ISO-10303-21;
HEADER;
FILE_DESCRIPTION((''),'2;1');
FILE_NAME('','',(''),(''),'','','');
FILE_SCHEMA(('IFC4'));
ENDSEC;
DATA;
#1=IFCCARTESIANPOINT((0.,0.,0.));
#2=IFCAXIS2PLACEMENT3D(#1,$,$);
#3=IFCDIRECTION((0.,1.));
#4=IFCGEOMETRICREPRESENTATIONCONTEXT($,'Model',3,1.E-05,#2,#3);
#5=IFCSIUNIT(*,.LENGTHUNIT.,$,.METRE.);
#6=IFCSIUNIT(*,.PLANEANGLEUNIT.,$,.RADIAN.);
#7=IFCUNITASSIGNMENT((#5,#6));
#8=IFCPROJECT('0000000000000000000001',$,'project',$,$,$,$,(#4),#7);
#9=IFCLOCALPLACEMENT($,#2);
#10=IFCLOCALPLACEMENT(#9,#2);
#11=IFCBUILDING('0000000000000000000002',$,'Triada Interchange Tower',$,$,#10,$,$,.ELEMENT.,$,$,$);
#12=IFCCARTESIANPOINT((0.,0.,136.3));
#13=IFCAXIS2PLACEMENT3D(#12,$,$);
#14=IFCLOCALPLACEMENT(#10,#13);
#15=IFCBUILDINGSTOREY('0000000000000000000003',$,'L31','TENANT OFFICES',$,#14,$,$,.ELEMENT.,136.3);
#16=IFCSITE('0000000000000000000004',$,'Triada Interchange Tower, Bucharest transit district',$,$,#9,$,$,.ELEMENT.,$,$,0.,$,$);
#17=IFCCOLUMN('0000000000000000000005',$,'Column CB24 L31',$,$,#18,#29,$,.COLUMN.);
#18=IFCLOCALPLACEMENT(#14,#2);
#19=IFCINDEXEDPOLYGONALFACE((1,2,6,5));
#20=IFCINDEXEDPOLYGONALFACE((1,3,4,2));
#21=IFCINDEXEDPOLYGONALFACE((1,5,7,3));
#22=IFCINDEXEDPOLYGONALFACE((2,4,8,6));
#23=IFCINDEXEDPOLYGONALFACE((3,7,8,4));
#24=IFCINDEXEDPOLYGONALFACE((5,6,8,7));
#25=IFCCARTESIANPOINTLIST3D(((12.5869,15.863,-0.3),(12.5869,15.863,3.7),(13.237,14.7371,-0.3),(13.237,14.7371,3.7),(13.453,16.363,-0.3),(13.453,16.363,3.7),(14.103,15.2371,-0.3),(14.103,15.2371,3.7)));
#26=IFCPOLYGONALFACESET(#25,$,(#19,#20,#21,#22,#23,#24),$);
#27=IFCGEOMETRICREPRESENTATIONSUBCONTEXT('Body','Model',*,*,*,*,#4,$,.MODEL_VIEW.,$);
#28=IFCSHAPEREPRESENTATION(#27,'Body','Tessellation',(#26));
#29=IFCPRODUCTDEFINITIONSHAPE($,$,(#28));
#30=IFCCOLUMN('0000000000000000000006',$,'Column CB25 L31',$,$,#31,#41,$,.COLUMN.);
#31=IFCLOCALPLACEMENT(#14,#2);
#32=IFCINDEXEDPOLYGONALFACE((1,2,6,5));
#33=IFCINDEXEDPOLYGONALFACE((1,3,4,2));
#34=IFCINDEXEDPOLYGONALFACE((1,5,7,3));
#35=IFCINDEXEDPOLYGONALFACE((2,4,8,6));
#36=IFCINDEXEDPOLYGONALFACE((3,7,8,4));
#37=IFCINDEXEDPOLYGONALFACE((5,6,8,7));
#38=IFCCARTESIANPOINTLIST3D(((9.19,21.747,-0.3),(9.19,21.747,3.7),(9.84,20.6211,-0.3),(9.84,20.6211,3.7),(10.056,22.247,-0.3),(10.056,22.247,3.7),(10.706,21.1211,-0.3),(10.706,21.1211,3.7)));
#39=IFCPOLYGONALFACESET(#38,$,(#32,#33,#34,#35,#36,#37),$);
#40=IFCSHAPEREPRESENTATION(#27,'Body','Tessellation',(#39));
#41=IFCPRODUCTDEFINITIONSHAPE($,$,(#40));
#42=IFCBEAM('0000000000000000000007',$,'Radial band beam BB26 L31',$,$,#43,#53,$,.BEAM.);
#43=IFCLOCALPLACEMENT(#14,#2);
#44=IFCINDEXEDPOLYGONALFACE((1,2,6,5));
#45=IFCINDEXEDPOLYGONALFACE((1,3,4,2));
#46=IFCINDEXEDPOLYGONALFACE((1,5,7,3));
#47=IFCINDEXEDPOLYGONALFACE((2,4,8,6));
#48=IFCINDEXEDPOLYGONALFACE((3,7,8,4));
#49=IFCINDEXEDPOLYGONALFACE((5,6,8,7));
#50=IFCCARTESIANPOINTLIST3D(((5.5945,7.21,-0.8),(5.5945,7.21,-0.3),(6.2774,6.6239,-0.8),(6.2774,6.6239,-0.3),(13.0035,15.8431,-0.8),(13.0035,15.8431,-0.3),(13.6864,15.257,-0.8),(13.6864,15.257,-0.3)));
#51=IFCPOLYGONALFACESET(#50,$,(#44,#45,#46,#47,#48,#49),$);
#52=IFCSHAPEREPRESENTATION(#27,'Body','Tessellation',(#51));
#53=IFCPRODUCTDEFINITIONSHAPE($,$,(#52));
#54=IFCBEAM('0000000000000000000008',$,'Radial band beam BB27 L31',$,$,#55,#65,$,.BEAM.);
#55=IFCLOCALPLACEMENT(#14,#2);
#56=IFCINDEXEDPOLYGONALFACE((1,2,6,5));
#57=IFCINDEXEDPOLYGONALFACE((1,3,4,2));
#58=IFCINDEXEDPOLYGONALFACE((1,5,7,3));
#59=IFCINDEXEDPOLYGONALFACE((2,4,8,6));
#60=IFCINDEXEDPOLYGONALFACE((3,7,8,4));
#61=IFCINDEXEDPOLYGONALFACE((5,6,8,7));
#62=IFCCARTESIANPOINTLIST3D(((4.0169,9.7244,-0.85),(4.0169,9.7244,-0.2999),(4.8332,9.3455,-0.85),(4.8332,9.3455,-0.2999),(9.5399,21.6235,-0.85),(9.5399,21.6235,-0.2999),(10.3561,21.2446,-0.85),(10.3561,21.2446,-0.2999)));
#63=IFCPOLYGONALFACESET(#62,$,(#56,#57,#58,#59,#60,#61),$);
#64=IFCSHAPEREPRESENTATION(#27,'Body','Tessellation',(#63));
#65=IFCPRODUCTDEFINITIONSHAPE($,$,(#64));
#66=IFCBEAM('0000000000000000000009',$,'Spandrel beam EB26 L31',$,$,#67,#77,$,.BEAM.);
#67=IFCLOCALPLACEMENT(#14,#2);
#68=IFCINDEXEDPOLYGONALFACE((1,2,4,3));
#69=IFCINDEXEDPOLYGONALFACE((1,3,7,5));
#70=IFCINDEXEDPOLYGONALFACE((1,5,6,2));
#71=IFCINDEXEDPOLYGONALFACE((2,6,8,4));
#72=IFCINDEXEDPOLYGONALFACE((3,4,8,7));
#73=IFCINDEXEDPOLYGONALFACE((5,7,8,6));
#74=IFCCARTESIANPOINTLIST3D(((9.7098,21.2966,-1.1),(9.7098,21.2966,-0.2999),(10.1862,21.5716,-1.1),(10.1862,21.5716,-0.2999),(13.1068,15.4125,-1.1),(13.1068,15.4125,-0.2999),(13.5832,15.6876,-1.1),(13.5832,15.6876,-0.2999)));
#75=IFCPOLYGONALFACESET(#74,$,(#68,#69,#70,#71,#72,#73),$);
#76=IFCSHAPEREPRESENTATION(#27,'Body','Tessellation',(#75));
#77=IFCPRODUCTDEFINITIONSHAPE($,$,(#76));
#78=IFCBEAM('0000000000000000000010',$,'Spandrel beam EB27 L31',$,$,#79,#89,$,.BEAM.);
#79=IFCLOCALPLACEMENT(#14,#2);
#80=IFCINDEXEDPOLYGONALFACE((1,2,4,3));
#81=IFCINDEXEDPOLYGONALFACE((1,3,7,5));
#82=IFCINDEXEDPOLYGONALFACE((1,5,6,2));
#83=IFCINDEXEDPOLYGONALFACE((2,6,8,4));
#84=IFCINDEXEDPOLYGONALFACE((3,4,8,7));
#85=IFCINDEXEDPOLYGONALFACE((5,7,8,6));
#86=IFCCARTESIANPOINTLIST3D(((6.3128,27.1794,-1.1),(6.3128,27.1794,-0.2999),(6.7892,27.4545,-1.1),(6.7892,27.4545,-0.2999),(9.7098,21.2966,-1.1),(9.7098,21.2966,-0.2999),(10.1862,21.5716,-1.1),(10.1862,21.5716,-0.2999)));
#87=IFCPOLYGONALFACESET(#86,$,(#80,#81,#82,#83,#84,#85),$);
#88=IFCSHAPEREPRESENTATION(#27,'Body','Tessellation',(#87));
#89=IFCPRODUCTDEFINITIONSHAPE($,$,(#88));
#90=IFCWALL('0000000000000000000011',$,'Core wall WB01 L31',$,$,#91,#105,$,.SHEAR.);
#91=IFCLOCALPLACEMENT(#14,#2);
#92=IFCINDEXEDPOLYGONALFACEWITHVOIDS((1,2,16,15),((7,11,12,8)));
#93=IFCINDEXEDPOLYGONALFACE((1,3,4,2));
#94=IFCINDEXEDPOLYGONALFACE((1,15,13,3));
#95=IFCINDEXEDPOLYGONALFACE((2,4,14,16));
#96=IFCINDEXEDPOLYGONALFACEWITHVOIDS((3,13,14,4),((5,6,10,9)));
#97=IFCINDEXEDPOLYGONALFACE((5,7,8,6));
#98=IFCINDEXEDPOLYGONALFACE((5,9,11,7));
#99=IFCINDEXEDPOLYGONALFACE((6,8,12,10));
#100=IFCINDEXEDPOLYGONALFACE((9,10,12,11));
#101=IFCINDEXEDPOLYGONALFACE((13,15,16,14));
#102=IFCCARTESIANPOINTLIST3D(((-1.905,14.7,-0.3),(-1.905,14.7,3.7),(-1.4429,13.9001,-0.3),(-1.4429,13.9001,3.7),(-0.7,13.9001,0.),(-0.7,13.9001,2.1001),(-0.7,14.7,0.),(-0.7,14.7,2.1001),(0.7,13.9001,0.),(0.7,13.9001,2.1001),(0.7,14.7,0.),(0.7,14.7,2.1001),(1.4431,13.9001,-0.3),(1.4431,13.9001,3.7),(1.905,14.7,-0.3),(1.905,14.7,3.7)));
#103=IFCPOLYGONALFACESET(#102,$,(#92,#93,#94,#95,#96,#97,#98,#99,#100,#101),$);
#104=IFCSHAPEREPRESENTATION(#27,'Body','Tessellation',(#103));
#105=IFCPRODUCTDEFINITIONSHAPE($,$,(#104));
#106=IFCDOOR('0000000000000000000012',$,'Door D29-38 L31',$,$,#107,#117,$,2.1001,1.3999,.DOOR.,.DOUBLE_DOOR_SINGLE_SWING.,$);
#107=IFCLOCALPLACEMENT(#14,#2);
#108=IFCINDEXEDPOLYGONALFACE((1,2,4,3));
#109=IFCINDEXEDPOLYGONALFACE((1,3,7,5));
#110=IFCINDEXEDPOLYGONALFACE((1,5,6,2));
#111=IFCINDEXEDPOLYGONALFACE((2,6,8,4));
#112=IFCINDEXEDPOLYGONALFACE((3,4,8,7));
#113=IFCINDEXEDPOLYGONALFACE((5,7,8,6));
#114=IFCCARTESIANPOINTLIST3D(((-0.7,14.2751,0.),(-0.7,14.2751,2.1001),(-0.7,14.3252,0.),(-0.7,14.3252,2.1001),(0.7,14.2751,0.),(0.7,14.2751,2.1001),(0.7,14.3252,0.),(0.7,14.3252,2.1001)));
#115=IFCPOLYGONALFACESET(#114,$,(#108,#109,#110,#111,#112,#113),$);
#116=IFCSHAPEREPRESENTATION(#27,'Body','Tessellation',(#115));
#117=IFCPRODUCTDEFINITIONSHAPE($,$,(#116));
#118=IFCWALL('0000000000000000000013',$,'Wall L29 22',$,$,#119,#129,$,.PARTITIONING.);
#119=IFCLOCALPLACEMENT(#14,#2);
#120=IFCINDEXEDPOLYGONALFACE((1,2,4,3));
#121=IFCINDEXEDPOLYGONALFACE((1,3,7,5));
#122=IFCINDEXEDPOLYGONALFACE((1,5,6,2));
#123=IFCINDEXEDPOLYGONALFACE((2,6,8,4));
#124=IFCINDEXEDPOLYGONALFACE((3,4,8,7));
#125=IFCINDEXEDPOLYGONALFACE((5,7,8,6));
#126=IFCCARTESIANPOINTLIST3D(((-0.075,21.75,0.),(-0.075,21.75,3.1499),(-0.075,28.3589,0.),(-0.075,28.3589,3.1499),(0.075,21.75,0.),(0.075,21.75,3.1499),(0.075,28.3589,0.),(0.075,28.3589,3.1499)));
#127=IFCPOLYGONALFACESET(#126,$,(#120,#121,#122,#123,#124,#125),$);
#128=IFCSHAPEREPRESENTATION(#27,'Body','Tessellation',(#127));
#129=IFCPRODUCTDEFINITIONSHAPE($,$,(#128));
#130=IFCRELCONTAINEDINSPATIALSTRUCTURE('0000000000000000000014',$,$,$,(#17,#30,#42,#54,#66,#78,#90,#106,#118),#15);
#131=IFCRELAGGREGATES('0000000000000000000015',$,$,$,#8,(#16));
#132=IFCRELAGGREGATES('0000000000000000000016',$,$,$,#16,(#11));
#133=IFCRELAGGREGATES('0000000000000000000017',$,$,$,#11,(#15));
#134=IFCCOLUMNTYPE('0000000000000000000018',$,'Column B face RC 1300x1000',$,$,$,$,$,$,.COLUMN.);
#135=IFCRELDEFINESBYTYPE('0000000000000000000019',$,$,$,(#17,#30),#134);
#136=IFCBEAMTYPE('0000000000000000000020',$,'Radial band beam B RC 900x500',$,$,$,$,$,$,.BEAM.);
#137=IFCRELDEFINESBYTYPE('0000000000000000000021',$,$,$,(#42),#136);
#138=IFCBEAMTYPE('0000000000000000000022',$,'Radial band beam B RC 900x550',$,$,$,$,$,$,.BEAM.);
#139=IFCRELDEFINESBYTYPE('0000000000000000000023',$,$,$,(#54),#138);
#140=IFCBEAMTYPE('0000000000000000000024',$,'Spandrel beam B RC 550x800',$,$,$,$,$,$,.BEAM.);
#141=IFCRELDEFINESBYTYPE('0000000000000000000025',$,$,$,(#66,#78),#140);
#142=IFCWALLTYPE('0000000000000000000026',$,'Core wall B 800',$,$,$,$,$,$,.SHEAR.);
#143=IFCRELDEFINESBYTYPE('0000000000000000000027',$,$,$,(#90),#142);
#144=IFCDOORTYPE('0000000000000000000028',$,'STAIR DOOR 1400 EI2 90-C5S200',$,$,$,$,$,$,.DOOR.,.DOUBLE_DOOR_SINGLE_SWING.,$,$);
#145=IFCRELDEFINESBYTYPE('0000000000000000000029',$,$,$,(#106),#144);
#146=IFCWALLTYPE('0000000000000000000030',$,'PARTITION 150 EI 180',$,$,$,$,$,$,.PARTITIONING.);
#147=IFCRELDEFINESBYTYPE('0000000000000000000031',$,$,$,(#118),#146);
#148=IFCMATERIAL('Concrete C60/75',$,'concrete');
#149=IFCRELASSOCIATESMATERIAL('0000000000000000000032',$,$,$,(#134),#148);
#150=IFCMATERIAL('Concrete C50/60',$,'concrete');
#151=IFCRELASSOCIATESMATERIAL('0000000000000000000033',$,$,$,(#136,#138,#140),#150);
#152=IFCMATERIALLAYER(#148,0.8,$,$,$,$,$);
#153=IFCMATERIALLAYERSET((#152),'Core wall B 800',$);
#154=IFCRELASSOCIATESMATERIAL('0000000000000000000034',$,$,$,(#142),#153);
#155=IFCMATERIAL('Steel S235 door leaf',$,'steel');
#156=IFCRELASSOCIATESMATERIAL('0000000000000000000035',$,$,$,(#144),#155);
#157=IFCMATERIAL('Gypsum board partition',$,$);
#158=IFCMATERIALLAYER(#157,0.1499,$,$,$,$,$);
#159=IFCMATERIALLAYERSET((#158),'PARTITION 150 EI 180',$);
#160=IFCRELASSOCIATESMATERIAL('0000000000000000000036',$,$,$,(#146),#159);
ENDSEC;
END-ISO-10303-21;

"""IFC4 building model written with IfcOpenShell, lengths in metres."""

from ifc_helpers import new_model, si_unit, direction, frame, frame_2d, origin, origin_2d, place, context, subcontext, project, spatial, polyline, rectangle, outline, extrude, material, layer, layer_set, material_profile, profile_set, type_object, element, fill, save


model = new_model("IFC4")

# Units and contexts
model_context = context("Model", 3, precision=1e-05, world=origin(), true_north=direction((0.0, 1.0)))
body_context = subcontext(model_context, "Body", "Model", "MODEL_VIEW")
ifc_project = project(units=[si_unit("LENGTHUNIT", "METRE"), si_unit("PLANEANGLEUNIT", "RADIAN")], contexts=[model_context])

# Site, building, storey
site_placement = place(None, origin())
site = spatial("IfcSite", under=ifc_project, at=site_placement, Name="Triada Interchange Tower, Bucharest transit district", CompositionType="ELEMENT", RefElevation=0.0)
building_placement = place(site_placement, origin())
building = spatial("IfcBuilding", under=site, at=building_placement, Name="Triada Interchange Tower", CompositionType="ELEMENT")
storey_placement = place(building_placement, frame((0.0, 0.0, 136.3)))
storey = spatial("IfcBuildingStorey", under=building, at=storey_placement, Name="L31", Description="TENANT OFFICES", CompositionType="ELEMENT", Elevation=136.3)

# Columns
ifc_material_1 = material(Name="Concrete C60/75", Category="concrete")
ifc_material_profile_1 = material_profile(ifc_material_1, rectangle(XDim=1.3, YDim=1.0, at=origin_2d()), Name="RC 1300x1000")
ifc_profile_set_1 = profile_set([ifc_material_profile_1], Name="Concrete C60/75")
column_type = type_object("IfcColumnType", Name="Column B face RC 1300x1000", PredefinedType="COLUMN", material=ifc_profile_set_1)
for number, where, z_axis, x_axis, name in (
    (1, (13.345, 15.55, -0.3), (0.0, 0.0, 1.0), (-0.5, 0.866025, 0.0), "Column CB24 L31"),
    (2, (9.948, 21.4341, -0.3), (0.0, 0.0, 1.0), (-0.5, 0.866025, 0.0), "Column CB25 L31"),
):
    element("IfcColumn", number, at=place(storey_placement, frame(where, z_axis=z_axis, x_axis=x_axis)), inside=storey, type_object=column_type, Name=name, PredefinedType="COLUMN", context=body_context, shape_type="SweptSolid", body=[
        extrude(rectangle(XDim=1.3, YDim=1.0, at=origin_2d()), origin(), (0.0, 0.0, 1.0), 4.0),
    ])

# Beams
ifc_material_2 = material(Name="Concrete C50/60", Category="concrete")
ifc_material_profile_2 = material_profile(ifc_material_2, rectangle(XDim=0.8999, YDim=0.5, at=origin_2d()), Name="RC 900x500")
ifc_profile_set_2 = profile_set([ifc_material_profile_2], Name="Concrete C50/60")
beam_type_1 = type_object("IfcBeamType", Name="Radial band beam B RC 900x500", PredefinedType="BEAM", material=ifc_profile_set_2)
beam_1_placement = place(storey_placement, frame((13.345, 15.55, -0.55), z_axis=(-0.651256, -0.758858, 0.0), x_axis=(0.758858, -0.651256, 0.0)))
element("IfcBeam", 3, at=beam_1_placement, inside=storey, type_object=beam_type_1, Name="Radial band beam BB26 L31", PredefinedType="BEAM", context=body_context, shape_type="SweptSolid", body=[
    extrude(rectangle(XDim=0.8999, YDim=0.5, at=origin_2d()), origin(), (0.0, 0.0, 1.0), 11.3765),
])
ifc_material_profile_3 = material_profile(ifc_material_2, rectangle(XDim=0.8999, YDim=0.55, at=origin_2d()), Name="RC 900x550")
ifc_profile_set_3 = profile_set([ifc_material_profile_3], Name="Concrete C50/60")
beam_type_2 = type_object("IfcBeamType", Name="Radial band beam B RC 900x550", PredefinedType="BEAM", material=ifc_profile_set_3)
beam_2_placement = place(storey_placement, frame((9.948, 21.4341, -0.575), z_axis=(-0.421007, -0.907057, 0.0), x_axis=(0.907057, -0.421007, 0.0)))
element("IfcBeam", 4, at=beam_2_placement, inside=storey, type_object=beam_type_2, Name="Radial band beam BB27 L31", PredefinedType="BEAM", context=body_context, shape_type="SweptSolid", body=[
    extrude(rectangle(XDim=0.8999, YDim=0.55, at=origin_2d()), origin(), (0.0, 0.0, 1.0), 13.1184),
])
ifc_material_profile_4 = material_profile(ifc_material_2, rectangle(XDim=0.55, YDim=0.8, at=origin_2d()), Name="RC 550x800")
ifc_profile_set_4 = profile_set([ifc_material_profile_4], Name="Concrete C50/60")
beam_type_3 = type_object("IfcBeamType", Name="Spandrel beam B RC 550x800", PredefinedType="BEAM", material=ifc_profile_set_4)
beam_3_placement = place(storey_placement, frame((13.345, 15.55, -0.7), z_axis=(-0.499981, 0.866037, 0.0), x_axis=(-0.866037, -0.499981, 0.0)))
element("IfcBeam", 5, at=beam_3_placement, inside=storey, type_object=beam_type_3, Name="Spandrel beam EB26 L31", PredefinedType="BEAM", context=body_context, shape_type="SweptSolid", body=[
    extrude(rectangle(XDim=0.55, YDim=0.8, at=origin_2d()), origin(), (0.0, 0.0, 1.0), 6.7942),
])
beam_4_placement = place(storey_placement, frame((9.948, 21.4341, -0.7), z_axis=(-0.500058, 0.865992, 0.0), x_axis=(-0.865992, -0.500058, 0.0)))
element("IfcBeam", 6, at=beam_4_placement, inside=storey, type_object=beam_type_3, Name="Spandrel beam EB27 L31", PredefinedType="BEAM", context=body_context, shape_type="SweptSolid", body=[
    extrude(rectangle(XDim=0.55, YDim=0.8, at=origin_2d()), origin(), (0.0, 0.0, 1.0), 6.7932),
])

# Wall, opening, door
ifc_layer_1 = layer(ifc_material_1, 0.8)
ifc_layer_set_1 = layer_set([ifc_layer_1], Name="Core wall B 800")
wall_type_1 = type_object("IfcWallType", Name="Core wall B 800", PredefinedType="SHEAR", material=ifc_layer_set_1)
wall_1_placement = place(storey_placement, frame((1.6741, 14.3, -0.3), z_axis=(0.0, 0.0, 1.0), x_axis=(-1.0, 0.0, 0.0)))
wall_1 = element("IfcWall", 7, at=wall_1_placement, inside=storey, type_object=wall_type_1, Name="Core wall WB01 L31", PredefinedType="SHEAR", context=body_context, shape_type="SweptSolid", body=[
    extrude(outline(polyline([(-0.231, -0.3999), (1.6741, -0.3999), (3.5791, -0.3999), (3.1169, 0.3999), (1.6738, 0.3999), (0.231, 0.3999), (-0.231, -0.3999)])), origin(), (0.0, 0.0, 1.0), 4.0),
])
opening_1_placement = place(wall_1_placement, frame((0.9741, 0.0, 0.3)))
opening_1 = element("IfcOpeningElement", 8, at=opening_1_placement, cuts=wall_1, PredefinedType="OPENING", context=body_context, shape_type="SweptSolid", body=[
    extrude(rectangle(XDim=1.3999, YDim=2.1001, at=frame_2d((0.7, 1.05))), frame((0.0, 0.4099, 0.0), z_axis=(0.0, -1.0, 0.0), x_axis=(1.0, 0.0, 0.0)), (0.0, 0.0, 1.0), 0.8201),
])
ifc_material_3 = material(Name="Steel S235 door leaf", Category="steel")
door_type_1 = type_object("IfcDoorType", Name="STAIR DOOR 1400 EI2 90-C5S200", OperationType="DOUBLE_DOOR_SINGLE_SWING", PredefinedType="DOOR", material=ifc_material_3)
door_1_placement = place(opening_1_placement, origin())
door_1 = element("IfcDoor", 9, at=door_1_placement, inside=storey, type_object=door_type_1, Name="Door D29-38 L31", OperationType="DOUBLE_DOOR_SINGLE_SWING", OverallHeight=2.1001, OverallWidth=1.3999, PredefinedType="DOOR", context=body_context, shape_type="SweptSolid", body=[
    extrude(rectangle(XDim=1.3999, YDim=2.1001, at=frame_2d((0.7, 1.05))), frame((0.0, 0.0249, 0.0), z_axis=(0.0, -1.0, 0.0), x_axis=(1.0, 0.0, 0.0)), (0.0, 0.0, 1.0), 0.05),
])
fill(opening_1, door_1)

# Wall
ifc_material_4 = material(Name="Gypsum board partition")
ifc_layer_2 = layer(ifc_material_4, 0.1499)
ifc_layer_set_2 = layer_set([ifc_layer_2], Name="PARTITION 150 EI 180")
wall_type_2 = type_object("IfcWallType", Name="PARTITION 150 EI 180", PredefinedType="PARTITIONING", material=ifc_layer_set_2)
wall_2_placement = place(storey_placement, frame((0.0, 21.75, 0.0), z_axis=(0.0, 0.0, 1.0), x_axis=(0.0, 1.0, 0.0)))
element("IfcWall", 10, at=wall_2_placement, inside=storey, type_object=wall_type_2, Name="Wall L29 22", PredefinedType="PARTITIONING", context=body_context, shape_type="SweptSolid", body=[
    extrude(rectangle(XDim=6.6089, YDim=0.1499, at=frame_2d((3.3044, 0.0))), origin(), (0.0, 0.0, 1.0), 3.1499),
])

save(model, "model.ifc")
